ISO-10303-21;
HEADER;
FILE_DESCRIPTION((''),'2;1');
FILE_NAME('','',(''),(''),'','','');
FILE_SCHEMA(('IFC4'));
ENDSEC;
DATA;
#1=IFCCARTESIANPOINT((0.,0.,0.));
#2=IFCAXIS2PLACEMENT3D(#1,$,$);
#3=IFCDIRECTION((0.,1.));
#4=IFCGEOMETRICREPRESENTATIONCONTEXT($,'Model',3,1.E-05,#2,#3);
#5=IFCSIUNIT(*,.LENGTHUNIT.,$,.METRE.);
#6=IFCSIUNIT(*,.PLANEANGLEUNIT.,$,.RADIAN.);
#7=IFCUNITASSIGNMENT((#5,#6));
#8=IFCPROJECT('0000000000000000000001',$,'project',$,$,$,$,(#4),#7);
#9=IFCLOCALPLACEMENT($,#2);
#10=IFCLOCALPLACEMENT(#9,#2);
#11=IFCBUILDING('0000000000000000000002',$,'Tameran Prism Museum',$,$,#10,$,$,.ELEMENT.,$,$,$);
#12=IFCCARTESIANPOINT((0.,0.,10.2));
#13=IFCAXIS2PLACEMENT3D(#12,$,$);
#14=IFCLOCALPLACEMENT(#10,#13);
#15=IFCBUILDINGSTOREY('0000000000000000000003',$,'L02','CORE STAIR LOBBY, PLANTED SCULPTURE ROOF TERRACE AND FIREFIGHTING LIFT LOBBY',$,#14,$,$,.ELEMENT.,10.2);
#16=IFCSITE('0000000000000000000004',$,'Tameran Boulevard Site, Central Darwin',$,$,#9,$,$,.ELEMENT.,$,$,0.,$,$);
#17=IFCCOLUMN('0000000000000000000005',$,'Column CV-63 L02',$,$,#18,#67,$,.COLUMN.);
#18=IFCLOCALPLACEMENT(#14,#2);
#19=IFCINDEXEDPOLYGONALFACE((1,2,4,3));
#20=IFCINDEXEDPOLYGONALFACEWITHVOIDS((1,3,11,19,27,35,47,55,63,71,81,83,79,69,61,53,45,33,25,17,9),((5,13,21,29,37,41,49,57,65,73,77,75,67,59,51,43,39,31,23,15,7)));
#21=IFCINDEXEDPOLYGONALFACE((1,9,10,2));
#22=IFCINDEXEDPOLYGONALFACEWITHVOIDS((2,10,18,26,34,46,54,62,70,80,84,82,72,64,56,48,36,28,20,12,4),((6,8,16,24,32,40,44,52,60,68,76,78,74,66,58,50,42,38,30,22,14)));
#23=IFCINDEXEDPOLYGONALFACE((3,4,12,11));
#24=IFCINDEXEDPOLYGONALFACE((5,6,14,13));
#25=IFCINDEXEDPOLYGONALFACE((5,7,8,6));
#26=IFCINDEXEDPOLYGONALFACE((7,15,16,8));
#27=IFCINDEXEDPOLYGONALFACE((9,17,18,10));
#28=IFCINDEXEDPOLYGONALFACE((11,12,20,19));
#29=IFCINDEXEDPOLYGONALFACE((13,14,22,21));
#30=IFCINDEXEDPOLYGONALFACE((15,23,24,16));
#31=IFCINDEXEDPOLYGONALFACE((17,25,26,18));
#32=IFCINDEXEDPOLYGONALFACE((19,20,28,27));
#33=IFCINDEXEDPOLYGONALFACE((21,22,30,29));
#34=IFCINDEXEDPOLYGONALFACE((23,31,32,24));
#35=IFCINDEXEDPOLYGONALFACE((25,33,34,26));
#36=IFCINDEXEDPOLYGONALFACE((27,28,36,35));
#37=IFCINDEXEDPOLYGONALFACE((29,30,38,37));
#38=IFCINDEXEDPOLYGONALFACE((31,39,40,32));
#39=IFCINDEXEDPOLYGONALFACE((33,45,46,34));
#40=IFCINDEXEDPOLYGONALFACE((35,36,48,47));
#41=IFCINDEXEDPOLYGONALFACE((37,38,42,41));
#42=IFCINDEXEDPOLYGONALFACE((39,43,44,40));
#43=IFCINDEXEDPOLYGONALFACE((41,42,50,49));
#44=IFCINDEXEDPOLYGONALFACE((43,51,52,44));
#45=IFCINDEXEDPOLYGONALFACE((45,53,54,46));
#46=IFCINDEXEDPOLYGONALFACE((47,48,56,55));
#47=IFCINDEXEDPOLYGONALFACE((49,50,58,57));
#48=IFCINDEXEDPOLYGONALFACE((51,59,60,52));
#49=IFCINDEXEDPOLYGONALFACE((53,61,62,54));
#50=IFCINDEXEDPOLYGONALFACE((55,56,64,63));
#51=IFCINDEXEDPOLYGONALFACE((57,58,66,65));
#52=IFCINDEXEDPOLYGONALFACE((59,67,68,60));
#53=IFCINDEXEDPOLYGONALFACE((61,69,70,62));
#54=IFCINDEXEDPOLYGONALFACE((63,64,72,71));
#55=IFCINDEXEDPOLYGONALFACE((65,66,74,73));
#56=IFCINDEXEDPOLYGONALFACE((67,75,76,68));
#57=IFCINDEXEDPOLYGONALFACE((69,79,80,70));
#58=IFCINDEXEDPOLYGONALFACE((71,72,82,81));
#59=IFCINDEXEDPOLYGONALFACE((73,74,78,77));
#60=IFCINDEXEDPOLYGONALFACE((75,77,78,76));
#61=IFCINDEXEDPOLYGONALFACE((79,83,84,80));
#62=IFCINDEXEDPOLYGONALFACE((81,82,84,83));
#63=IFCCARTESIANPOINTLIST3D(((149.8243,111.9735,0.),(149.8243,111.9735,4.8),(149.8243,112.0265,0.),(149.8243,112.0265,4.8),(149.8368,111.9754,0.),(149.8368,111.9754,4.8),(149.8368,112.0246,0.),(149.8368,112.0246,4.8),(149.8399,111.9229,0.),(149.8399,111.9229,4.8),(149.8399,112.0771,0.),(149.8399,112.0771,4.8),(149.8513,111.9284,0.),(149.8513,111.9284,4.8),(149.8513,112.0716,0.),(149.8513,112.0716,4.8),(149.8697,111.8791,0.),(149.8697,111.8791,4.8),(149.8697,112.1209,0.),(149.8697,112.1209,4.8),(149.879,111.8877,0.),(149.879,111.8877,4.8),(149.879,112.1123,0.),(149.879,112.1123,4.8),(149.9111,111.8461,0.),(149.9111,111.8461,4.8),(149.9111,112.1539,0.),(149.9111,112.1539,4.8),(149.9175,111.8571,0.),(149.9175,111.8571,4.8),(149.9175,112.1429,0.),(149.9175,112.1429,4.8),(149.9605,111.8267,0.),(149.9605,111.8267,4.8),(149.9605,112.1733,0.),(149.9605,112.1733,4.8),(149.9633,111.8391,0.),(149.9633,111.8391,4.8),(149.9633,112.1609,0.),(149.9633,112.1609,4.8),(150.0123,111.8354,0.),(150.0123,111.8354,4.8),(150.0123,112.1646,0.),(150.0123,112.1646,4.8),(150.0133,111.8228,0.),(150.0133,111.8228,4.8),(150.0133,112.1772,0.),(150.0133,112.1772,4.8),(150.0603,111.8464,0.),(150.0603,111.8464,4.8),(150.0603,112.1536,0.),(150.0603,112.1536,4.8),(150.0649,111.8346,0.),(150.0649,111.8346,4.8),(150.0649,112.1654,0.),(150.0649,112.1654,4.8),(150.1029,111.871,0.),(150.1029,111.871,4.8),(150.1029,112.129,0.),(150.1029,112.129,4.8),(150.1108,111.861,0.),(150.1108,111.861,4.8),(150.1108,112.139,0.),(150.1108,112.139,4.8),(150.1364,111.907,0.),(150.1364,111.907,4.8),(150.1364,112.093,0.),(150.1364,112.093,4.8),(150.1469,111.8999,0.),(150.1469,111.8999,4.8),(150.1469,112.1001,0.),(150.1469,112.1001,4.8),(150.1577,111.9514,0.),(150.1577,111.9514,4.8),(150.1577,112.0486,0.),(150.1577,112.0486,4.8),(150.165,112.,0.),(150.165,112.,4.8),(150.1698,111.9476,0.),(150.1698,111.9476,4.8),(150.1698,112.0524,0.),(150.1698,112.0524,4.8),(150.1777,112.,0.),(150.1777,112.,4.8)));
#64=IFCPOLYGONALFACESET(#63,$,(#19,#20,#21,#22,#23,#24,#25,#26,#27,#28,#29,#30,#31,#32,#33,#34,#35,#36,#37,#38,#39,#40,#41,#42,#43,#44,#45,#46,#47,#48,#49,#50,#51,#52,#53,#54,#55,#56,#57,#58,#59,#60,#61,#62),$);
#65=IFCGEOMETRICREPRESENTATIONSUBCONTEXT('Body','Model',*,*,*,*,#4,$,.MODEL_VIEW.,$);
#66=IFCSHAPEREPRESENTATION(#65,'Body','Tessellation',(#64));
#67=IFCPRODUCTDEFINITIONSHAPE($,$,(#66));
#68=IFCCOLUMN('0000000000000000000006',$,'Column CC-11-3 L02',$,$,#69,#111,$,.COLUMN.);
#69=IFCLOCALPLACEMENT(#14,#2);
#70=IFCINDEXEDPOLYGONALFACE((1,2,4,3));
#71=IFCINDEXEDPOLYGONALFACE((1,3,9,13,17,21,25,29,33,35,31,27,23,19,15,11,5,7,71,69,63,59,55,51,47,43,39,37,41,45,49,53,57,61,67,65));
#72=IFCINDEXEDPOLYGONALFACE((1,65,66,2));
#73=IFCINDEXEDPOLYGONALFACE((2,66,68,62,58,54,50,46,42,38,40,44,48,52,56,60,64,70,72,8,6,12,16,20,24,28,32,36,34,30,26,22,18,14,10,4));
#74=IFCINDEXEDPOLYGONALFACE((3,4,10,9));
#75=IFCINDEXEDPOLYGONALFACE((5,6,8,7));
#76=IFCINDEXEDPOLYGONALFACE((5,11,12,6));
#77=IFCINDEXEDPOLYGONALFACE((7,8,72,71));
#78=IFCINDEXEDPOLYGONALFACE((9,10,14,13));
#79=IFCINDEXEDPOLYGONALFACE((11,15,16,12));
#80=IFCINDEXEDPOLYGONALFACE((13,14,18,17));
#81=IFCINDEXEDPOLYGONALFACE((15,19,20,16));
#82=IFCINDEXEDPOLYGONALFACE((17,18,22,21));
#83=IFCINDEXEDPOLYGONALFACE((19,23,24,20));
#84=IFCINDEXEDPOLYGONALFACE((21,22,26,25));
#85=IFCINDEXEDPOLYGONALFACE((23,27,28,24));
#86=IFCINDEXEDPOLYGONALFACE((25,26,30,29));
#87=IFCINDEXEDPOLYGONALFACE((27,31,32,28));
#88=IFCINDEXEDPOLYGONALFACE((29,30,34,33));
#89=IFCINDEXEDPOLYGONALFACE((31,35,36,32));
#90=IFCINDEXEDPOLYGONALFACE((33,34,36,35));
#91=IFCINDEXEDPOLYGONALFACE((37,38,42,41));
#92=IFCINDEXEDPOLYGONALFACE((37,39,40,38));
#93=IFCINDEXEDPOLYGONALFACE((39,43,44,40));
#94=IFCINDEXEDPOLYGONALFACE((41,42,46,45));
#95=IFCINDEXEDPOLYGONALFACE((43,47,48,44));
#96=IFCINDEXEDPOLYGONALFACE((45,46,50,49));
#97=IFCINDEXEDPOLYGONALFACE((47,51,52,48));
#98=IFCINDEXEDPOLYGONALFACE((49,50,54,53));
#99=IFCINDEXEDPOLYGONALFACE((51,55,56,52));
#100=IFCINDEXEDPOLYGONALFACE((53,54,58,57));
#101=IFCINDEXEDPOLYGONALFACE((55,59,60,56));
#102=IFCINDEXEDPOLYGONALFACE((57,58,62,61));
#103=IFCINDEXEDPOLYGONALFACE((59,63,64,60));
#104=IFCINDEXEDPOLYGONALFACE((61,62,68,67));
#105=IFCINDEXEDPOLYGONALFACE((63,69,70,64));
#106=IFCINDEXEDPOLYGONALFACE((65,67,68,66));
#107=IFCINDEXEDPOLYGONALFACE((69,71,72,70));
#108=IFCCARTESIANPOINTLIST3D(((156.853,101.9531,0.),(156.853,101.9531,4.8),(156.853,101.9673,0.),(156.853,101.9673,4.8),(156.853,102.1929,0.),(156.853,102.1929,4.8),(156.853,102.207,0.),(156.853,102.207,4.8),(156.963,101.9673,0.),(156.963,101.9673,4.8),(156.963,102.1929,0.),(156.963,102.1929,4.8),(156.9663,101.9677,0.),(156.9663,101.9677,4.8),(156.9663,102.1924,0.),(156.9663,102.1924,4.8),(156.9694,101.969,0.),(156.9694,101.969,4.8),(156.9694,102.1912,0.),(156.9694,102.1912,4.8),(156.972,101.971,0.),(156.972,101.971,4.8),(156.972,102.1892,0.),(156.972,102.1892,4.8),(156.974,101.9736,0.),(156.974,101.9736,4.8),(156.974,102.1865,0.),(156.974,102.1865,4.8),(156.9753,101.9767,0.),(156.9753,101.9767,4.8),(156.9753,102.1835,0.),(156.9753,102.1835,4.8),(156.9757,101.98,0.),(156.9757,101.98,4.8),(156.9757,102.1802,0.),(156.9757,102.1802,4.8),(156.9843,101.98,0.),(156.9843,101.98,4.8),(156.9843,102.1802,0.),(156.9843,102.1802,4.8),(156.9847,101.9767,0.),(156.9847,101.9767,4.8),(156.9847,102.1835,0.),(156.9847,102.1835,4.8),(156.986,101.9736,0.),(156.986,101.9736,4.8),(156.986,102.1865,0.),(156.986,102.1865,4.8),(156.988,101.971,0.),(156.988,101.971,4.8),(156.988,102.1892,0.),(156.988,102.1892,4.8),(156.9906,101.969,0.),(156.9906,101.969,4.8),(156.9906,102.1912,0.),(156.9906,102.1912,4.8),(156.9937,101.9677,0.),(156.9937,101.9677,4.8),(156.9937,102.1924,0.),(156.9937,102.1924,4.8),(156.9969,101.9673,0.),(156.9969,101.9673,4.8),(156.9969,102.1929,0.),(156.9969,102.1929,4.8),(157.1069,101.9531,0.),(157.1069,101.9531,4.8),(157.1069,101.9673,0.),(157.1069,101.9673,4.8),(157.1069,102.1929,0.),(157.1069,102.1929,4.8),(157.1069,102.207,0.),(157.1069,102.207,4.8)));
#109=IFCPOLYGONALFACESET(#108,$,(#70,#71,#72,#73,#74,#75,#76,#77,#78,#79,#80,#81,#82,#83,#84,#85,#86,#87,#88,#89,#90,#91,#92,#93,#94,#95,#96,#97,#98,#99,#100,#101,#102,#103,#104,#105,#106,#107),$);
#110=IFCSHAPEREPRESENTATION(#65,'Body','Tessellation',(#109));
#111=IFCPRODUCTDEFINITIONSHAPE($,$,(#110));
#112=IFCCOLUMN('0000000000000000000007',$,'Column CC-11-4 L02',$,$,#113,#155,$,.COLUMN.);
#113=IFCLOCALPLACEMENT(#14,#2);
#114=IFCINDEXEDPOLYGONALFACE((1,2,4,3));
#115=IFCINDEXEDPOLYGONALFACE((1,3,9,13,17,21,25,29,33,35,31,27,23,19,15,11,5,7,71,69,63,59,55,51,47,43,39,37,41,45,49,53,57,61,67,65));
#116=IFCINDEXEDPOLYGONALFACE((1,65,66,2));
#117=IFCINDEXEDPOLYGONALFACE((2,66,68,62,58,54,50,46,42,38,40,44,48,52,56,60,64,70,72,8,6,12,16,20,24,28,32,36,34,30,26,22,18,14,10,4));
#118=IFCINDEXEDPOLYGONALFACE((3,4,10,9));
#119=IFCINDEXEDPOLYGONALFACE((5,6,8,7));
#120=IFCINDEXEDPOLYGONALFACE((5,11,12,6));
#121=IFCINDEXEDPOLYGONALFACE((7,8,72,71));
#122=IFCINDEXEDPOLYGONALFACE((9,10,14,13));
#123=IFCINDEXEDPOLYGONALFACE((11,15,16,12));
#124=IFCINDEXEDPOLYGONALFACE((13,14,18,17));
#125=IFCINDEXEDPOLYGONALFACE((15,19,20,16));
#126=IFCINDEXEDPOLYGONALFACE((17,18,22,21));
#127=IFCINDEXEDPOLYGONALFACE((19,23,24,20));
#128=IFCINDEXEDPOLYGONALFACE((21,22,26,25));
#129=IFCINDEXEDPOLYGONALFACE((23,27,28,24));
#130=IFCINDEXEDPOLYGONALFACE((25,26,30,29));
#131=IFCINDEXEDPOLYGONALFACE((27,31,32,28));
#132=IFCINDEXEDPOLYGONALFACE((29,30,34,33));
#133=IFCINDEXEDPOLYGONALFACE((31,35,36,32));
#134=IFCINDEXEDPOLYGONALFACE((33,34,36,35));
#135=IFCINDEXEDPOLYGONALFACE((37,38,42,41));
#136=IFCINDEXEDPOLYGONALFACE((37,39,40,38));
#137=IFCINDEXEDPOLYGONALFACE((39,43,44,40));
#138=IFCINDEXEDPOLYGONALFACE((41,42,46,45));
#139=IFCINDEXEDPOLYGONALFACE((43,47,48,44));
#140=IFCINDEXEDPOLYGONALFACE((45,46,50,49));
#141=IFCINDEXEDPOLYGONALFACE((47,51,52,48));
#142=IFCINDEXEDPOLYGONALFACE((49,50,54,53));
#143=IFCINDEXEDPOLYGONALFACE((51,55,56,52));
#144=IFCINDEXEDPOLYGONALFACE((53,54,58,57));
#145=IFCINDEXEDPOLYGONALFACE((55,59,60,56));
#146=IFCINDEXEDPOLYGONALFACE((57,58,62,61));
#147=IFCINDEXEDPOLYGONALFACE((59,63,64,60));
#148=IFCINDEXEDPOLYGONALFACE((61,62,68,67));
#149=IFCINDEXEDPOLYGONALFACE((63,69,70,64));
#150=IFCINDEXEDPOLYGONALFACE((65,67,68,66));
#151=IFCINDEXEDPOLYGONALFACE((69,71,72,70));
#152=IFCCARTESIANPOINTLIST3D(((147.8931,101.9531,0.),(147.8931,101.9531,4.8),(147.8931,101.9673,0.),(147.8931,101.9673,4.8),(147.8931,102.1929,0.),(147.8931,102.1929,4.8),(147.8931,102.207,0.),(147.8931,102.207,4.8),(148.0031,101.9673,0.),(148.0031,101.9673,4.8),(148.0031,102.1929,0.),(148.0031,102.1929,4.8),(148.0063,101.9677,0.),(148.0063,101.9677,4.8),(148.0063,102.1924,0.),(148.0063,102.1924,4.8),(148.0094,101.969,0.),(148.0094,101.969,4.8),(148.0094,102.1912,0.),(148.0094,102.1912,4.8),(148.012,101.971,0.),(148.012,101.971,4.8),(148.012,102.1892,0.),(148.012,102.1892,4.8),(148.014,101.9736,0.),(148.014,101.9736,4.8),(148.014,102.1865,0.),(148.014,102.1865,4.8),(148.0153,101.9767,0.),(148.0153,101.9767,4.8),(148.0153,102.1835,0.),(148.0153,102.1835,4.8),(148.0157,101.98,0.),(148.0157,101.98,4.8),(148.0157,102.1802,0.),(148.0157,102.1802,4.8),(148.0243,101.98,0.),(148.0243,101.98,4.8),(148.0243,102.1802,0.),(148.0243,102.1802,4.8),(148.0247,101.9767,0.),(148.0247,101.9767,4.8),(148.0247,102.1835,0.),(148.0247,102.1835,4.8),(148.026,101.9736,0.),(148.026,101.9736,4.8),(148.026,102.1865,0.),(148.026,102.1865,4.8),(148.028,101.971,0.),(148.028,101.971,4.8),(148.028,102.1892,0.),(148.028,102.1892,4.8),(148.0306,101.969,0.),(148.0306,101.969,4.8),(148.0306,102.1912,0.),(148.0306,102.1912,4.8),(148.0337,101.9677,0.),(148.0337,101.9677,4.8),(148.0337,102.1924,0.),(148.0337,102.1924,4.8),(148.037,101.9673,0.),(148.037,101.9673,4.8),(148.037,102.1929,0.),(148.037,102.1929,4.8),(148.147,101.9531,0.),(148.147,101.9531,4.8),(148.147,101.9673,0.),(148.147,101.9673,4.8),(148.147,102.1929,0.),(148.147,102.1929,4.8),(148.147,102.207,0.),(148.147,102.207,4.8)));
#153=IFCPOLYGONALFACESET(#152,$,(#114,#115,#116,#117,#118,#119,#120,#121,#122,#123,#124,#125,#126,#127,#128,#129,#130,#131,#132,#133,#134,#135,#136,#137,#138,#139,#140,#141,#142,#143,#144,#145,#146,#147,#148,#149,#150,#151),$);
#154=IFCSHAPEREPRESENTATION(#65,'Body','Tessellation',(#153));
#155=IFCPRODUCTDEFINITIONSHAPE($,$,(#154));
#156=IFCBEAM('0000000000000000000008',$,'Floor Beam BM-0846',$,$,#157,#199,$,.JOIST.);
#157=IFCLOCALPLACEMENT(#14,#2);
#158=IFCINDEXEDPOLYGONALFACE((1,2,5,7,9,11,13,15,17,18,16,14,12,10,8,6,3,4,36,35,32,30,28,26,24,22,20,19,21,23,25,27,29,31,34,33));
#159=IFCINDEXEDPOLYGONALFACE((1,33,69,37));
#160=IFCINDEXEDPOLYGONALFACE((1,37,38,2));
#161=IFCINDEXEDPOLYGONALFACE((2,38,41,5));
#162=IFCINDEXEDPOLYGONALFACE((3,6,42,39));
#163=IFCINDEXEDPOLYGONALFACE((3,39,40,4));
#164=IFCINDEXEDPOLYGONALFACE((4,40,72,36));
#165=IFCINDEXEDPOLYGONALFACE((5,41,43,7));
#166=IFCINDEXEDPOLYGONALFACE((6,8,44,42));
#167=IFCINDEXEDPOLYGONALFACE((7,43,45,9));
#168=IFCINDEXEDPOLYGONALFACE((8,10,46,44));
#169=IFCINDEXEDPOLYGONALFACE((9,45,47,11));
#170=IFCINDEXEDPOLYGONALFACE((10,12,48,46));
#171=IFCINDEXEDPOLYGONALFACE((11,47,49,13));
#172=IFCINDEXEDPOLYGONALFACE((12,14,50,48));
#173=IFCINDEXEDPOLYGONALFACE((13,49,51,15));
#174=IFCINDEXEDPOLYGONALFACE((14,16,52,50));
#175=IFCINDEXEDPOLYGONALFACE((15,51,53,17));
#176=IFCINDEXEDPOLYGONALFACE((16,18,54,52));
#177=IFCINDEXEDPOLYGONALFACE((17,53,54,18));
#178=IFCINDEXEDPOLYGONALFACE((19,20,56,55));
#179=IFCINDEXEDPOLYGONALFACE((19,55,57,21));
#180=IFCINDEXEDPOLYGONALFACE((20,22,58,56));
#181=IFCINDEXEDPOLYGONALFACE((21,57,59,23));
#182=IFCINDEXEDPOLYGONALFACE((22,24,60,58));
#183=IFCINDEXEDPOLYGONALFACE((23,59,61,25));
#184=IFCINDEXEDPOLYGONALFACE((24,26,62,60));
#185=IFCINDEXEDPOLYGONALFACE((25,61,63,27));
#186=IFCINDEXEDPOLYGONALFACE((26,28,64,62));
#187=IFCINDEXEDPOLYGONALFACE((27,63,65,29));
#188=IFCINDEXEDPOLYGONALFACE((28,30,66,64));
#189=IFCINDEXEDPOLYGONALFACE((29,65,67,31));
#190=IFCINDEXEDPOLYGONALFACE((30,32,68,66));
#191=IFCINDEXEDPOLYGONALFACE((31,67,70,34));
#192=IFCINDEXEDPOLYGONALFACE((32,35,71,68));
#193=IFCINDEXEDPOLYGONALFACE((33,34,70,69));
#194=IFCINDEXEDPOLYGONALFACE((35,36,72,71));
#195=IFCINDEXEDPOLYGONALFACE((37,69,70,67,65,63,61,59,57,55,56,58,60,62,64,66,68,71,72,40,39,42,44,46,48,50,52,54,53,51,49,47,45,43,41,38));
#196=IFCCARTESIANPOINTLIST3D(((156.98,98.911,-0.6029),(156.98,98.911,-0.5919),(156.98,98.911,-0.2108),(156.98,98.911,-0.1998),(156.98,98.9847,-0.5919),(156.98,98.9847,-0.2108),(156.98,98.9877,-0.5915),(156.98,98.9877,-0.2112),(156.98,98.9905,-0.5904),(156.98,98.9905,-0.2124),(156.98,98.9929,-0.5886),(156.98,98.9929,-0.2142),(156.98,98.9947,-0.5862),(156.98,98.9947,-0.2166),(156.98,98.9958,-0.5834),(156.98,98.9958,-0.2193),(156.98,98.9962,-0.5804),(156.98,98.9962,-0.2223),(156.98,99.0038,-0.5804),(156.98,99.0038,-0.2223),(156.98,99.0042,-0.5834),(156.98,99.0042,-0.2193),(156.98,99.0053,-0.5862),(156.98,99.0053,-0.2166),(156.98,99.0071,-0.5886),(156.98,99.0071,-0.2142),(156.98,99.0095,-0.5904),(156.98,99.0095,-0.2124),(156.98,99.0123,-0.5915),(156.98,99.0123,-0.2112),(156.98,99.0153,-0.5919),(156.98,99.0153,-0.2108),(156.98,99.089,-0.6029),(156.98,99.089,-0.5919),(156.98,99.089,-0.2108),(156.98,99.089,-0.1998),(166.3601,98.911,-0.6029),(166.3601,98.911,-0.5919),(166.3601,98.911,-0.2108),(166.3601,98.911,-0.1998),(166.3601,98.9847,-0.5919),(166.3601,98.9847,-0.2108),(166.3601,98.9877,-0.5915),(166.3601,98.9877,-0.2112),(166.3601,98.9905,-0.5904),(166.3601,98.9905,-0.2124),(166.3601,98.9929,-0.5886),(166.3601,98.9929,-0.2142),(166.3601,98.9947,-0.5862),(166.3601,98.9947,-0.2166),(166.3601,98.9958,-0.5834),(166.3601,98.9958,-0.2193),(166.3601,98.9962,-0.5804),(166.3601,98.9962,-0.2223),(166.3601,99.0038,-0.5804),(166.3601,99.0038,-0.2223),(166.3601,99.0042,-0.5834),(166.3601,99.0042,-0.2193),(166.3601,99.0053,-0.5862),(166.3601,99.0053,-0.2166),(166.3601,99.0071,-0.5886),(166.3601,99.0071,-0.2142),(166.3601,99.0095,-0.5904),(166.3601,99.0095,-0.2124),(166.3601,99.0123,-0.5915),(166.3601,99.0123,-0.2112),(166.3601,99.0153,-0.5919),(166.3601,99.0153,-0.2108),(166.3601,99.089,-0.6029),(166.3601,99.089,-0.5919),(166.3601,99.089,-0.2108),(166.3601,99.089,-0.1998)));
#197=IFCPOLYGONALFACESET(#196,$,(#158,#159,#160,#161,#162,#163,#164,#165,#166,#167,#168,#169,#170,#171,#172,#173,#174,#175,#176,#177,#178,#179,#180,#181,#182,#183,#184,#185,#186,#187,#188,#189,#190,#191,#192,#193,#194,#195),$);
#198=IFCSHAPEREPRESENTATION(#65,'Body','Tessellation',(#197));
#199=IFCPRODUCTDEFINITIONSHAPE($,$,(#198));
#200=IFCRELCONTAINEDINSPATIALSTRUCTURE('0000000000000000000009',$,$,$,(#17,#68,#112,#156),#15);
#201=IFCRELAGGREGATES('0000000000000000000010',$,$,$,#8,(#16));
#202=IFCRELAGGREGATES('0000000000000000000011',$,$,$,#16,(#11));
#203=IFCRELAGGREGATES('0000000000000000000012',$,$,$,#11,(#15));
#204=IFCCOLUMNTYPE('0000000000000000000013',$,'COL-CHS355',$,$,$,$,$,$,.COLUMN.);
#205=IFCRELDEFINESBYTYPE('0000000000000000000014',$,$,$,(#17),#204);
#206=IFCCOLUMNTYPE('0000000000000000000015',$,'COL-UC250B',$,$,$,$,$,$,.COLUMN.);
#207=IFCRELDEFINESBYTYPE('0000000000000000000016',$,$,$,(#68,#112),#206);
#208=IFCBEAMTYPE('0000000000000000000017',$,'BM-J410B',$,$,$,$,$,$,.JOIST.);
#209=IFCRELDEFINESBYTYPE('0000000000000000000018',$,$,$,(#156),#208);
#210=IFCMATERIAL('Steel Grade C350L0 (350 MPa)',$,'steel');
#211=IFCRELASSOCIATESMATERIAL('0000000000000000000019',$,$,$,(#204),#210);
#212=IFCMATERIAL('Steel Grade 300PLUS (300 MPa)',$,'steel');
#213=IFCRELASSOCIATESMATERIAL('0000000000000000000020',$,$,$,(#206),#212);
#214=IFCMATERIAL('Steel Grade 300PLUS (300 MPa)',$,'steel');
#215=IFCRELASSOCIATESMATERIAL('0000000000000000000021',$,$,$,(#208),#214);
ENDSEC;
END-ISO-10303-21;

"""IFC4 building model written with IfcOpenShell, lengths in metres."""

from ifc_helpers import new_model, si_unit, direction, frame, origin, origin_2d, place, context, subcontext, project, spatial, hollow_circle, i_section, extrude, material, material_profile, profile_set, type_object, element, save


model = new_model("IFC4")

# Units and contexts
model_context = context("Model", 3, precision=1e-05, world=origin(), true_north=direction((0.0, 1.0)))
body_context = subcontext(model_context, "Body", "Model", "MODEL_VIEW")
ifc_project = project(units=[si_unit("LENGTHUNIT", "METRE"), si_unit("PLANEANGLEUNIT", "RADIAN")], contexts=[model_context])

# Site, building, storey
site_placement = place(None, origin())
site = spatial("IfcSite", under=ifc_project, at=site_placement, Name="Tameran Boulevard Site, Central Darwin", CompositionType="ELEMENT", RefElevation=0.0)
building_placement = place(site_placement, origin())
building = spatial("IfcBuilding", under=site, at=building_placement, Name="Tameran Prism Museum", CompositionType="ELEMENT")
storey_placement = place(building_placement, frame((0.0, 0.0, 10.2)))
storey = spatial("IfcBuildingStorey", under=building, at=storey_placement, Name="L02", Description="CORE STAIR LOBBY, PLANTED SCULPTURE ROOF TERRACE AND FIREFIGHTING LIFT LOBBY", CompositionType="ELEMENT", Elevation=10.2)

# Columns
ifc_material_1 = material(Name="Steel Grade C350L0 (350 MPa)", Category="steel")
ifc_material_profile_1 = material_profile(ifc_material_1, hollow_circle(Radius=0.1777, WallThickness=0.0127, at=origin_2d()))
ifc_profile_set_1 = profile_set([ifc_material_profile_1])
column_type_1 = type_object("IfcColumnType", Name="COL-CHS355", PredefinedType="COLUMN", material=ifc_profile_set_1)
column_placement = place(storey_placement, frame((150.0, 112.0, 0.0), z_axis=(0.0, 0.0, 1.0), x_axis=(1.0, 0.0, 0.0)))
element("IfcColumn", 1, at=column_placement, inside=storey, type_object=column_type_1, Name="Column CV-63 L02", PredefinedType="COLUMN", context=body_context, shape_type="SweptSolid", body=[
    extrude(hollow_circle(Radius=0.1777, WallThickness=0.0127, at=origin_2d()), origin(), (0.0, 0.0, 1.0), 4.8),
])
ifc_material_2 = material(Name="Steel Grade 300PLUS (300 MPa)", Category="steel")
ifc_material_profile_2 = material_profile(ifc_material_2, i_section(OverallWidth=0.2539, OverallDepth=0.2539, WebThickness=0.0085, FlangeThickness=0.0142, FilletRadius=0.0127, at=origin_2d()))
ifc_profile_set_2 = profile_set([ifc_material_profile_2])
column_type_2 = type_object("IfcColumnType", Name="COL-UC250B", PredefinedType="COLUMN", material=ifc_profile_set_2)
for number, where, z_axis, x_axis, name in (
    (2, (156.98, 102.0801, 0.0), (0.0, 0.0, 1.0), (1.0, 0.0, 0.0), "Column CC-11-3 L02"),
    (3, (148.02, 102.0801, 0.0), (0.0, 0.0, 1.0), (1.0, 0.0, 0.0), "Column CC-11-4 L02"),
):
    element("IfcColumn", number, at=place(storey_placement, frame(where, z_axis=z_axis, x_axis=x_axis)), inside=storey, type_object=column_type_2, Name=name, PredefinedType="COLUMN", context=body_context, shape_type="SweptSolid", body=[
        extrude(i_section(OverallWidth=0.2539, OverallDepth=0.2539, WebThickness=0.0085, FlangeThickness=0.0142, FilletRadius=0.0127, at=origin_2d()), origin(), (0.0, 0.0, 1.0), 4.8),
    ])

# Beam
ifc_material_3 = material(Name="Steel Grade 300PLUS (300 MPa)", Category="steel")
ifc_material_profile_3 = material_profile(ifc_material_3, i_section(OverallWidth=0.178, OverallDepth=0.4031, WebThickness=0.0076, FlangeThickness=0.011, FilletRadius=0.0115, at=origin_2d()))
ifc_profile_set_3 = profile_set([ifc_material_profile_3])
beam_type_1 = type_object("IfcBeamType", Name="BM-J410B", PredefinedType="JOIST", material=ifc_profile_set_3)
beam_1_placement = place(storey_placement, frame((156.98, 99.0, -0.4014), z_axis=(1.0, 0.0, 0.0), x_axis=(0.0, 1.0, 0.0)))
element("IfcBeam", 4, at=beam_1_placement, inside=storey, type_object=beam_type_1, Name="Floor Beam BM-0846", PredefinedType="JOIST", context=body_context, shape_type="SweptSolid", body=[
    extrude(i_section(OverallWidth=0.178, OverallDepth=0.4031, WebThickness=0.0076, FlangeThickness=0.011, FilletRadius=0.0115, at=origin_2d()), origin(), (0.0, 0.0, 1.0), 9.3801),
])

save(model, "model.ifc")
